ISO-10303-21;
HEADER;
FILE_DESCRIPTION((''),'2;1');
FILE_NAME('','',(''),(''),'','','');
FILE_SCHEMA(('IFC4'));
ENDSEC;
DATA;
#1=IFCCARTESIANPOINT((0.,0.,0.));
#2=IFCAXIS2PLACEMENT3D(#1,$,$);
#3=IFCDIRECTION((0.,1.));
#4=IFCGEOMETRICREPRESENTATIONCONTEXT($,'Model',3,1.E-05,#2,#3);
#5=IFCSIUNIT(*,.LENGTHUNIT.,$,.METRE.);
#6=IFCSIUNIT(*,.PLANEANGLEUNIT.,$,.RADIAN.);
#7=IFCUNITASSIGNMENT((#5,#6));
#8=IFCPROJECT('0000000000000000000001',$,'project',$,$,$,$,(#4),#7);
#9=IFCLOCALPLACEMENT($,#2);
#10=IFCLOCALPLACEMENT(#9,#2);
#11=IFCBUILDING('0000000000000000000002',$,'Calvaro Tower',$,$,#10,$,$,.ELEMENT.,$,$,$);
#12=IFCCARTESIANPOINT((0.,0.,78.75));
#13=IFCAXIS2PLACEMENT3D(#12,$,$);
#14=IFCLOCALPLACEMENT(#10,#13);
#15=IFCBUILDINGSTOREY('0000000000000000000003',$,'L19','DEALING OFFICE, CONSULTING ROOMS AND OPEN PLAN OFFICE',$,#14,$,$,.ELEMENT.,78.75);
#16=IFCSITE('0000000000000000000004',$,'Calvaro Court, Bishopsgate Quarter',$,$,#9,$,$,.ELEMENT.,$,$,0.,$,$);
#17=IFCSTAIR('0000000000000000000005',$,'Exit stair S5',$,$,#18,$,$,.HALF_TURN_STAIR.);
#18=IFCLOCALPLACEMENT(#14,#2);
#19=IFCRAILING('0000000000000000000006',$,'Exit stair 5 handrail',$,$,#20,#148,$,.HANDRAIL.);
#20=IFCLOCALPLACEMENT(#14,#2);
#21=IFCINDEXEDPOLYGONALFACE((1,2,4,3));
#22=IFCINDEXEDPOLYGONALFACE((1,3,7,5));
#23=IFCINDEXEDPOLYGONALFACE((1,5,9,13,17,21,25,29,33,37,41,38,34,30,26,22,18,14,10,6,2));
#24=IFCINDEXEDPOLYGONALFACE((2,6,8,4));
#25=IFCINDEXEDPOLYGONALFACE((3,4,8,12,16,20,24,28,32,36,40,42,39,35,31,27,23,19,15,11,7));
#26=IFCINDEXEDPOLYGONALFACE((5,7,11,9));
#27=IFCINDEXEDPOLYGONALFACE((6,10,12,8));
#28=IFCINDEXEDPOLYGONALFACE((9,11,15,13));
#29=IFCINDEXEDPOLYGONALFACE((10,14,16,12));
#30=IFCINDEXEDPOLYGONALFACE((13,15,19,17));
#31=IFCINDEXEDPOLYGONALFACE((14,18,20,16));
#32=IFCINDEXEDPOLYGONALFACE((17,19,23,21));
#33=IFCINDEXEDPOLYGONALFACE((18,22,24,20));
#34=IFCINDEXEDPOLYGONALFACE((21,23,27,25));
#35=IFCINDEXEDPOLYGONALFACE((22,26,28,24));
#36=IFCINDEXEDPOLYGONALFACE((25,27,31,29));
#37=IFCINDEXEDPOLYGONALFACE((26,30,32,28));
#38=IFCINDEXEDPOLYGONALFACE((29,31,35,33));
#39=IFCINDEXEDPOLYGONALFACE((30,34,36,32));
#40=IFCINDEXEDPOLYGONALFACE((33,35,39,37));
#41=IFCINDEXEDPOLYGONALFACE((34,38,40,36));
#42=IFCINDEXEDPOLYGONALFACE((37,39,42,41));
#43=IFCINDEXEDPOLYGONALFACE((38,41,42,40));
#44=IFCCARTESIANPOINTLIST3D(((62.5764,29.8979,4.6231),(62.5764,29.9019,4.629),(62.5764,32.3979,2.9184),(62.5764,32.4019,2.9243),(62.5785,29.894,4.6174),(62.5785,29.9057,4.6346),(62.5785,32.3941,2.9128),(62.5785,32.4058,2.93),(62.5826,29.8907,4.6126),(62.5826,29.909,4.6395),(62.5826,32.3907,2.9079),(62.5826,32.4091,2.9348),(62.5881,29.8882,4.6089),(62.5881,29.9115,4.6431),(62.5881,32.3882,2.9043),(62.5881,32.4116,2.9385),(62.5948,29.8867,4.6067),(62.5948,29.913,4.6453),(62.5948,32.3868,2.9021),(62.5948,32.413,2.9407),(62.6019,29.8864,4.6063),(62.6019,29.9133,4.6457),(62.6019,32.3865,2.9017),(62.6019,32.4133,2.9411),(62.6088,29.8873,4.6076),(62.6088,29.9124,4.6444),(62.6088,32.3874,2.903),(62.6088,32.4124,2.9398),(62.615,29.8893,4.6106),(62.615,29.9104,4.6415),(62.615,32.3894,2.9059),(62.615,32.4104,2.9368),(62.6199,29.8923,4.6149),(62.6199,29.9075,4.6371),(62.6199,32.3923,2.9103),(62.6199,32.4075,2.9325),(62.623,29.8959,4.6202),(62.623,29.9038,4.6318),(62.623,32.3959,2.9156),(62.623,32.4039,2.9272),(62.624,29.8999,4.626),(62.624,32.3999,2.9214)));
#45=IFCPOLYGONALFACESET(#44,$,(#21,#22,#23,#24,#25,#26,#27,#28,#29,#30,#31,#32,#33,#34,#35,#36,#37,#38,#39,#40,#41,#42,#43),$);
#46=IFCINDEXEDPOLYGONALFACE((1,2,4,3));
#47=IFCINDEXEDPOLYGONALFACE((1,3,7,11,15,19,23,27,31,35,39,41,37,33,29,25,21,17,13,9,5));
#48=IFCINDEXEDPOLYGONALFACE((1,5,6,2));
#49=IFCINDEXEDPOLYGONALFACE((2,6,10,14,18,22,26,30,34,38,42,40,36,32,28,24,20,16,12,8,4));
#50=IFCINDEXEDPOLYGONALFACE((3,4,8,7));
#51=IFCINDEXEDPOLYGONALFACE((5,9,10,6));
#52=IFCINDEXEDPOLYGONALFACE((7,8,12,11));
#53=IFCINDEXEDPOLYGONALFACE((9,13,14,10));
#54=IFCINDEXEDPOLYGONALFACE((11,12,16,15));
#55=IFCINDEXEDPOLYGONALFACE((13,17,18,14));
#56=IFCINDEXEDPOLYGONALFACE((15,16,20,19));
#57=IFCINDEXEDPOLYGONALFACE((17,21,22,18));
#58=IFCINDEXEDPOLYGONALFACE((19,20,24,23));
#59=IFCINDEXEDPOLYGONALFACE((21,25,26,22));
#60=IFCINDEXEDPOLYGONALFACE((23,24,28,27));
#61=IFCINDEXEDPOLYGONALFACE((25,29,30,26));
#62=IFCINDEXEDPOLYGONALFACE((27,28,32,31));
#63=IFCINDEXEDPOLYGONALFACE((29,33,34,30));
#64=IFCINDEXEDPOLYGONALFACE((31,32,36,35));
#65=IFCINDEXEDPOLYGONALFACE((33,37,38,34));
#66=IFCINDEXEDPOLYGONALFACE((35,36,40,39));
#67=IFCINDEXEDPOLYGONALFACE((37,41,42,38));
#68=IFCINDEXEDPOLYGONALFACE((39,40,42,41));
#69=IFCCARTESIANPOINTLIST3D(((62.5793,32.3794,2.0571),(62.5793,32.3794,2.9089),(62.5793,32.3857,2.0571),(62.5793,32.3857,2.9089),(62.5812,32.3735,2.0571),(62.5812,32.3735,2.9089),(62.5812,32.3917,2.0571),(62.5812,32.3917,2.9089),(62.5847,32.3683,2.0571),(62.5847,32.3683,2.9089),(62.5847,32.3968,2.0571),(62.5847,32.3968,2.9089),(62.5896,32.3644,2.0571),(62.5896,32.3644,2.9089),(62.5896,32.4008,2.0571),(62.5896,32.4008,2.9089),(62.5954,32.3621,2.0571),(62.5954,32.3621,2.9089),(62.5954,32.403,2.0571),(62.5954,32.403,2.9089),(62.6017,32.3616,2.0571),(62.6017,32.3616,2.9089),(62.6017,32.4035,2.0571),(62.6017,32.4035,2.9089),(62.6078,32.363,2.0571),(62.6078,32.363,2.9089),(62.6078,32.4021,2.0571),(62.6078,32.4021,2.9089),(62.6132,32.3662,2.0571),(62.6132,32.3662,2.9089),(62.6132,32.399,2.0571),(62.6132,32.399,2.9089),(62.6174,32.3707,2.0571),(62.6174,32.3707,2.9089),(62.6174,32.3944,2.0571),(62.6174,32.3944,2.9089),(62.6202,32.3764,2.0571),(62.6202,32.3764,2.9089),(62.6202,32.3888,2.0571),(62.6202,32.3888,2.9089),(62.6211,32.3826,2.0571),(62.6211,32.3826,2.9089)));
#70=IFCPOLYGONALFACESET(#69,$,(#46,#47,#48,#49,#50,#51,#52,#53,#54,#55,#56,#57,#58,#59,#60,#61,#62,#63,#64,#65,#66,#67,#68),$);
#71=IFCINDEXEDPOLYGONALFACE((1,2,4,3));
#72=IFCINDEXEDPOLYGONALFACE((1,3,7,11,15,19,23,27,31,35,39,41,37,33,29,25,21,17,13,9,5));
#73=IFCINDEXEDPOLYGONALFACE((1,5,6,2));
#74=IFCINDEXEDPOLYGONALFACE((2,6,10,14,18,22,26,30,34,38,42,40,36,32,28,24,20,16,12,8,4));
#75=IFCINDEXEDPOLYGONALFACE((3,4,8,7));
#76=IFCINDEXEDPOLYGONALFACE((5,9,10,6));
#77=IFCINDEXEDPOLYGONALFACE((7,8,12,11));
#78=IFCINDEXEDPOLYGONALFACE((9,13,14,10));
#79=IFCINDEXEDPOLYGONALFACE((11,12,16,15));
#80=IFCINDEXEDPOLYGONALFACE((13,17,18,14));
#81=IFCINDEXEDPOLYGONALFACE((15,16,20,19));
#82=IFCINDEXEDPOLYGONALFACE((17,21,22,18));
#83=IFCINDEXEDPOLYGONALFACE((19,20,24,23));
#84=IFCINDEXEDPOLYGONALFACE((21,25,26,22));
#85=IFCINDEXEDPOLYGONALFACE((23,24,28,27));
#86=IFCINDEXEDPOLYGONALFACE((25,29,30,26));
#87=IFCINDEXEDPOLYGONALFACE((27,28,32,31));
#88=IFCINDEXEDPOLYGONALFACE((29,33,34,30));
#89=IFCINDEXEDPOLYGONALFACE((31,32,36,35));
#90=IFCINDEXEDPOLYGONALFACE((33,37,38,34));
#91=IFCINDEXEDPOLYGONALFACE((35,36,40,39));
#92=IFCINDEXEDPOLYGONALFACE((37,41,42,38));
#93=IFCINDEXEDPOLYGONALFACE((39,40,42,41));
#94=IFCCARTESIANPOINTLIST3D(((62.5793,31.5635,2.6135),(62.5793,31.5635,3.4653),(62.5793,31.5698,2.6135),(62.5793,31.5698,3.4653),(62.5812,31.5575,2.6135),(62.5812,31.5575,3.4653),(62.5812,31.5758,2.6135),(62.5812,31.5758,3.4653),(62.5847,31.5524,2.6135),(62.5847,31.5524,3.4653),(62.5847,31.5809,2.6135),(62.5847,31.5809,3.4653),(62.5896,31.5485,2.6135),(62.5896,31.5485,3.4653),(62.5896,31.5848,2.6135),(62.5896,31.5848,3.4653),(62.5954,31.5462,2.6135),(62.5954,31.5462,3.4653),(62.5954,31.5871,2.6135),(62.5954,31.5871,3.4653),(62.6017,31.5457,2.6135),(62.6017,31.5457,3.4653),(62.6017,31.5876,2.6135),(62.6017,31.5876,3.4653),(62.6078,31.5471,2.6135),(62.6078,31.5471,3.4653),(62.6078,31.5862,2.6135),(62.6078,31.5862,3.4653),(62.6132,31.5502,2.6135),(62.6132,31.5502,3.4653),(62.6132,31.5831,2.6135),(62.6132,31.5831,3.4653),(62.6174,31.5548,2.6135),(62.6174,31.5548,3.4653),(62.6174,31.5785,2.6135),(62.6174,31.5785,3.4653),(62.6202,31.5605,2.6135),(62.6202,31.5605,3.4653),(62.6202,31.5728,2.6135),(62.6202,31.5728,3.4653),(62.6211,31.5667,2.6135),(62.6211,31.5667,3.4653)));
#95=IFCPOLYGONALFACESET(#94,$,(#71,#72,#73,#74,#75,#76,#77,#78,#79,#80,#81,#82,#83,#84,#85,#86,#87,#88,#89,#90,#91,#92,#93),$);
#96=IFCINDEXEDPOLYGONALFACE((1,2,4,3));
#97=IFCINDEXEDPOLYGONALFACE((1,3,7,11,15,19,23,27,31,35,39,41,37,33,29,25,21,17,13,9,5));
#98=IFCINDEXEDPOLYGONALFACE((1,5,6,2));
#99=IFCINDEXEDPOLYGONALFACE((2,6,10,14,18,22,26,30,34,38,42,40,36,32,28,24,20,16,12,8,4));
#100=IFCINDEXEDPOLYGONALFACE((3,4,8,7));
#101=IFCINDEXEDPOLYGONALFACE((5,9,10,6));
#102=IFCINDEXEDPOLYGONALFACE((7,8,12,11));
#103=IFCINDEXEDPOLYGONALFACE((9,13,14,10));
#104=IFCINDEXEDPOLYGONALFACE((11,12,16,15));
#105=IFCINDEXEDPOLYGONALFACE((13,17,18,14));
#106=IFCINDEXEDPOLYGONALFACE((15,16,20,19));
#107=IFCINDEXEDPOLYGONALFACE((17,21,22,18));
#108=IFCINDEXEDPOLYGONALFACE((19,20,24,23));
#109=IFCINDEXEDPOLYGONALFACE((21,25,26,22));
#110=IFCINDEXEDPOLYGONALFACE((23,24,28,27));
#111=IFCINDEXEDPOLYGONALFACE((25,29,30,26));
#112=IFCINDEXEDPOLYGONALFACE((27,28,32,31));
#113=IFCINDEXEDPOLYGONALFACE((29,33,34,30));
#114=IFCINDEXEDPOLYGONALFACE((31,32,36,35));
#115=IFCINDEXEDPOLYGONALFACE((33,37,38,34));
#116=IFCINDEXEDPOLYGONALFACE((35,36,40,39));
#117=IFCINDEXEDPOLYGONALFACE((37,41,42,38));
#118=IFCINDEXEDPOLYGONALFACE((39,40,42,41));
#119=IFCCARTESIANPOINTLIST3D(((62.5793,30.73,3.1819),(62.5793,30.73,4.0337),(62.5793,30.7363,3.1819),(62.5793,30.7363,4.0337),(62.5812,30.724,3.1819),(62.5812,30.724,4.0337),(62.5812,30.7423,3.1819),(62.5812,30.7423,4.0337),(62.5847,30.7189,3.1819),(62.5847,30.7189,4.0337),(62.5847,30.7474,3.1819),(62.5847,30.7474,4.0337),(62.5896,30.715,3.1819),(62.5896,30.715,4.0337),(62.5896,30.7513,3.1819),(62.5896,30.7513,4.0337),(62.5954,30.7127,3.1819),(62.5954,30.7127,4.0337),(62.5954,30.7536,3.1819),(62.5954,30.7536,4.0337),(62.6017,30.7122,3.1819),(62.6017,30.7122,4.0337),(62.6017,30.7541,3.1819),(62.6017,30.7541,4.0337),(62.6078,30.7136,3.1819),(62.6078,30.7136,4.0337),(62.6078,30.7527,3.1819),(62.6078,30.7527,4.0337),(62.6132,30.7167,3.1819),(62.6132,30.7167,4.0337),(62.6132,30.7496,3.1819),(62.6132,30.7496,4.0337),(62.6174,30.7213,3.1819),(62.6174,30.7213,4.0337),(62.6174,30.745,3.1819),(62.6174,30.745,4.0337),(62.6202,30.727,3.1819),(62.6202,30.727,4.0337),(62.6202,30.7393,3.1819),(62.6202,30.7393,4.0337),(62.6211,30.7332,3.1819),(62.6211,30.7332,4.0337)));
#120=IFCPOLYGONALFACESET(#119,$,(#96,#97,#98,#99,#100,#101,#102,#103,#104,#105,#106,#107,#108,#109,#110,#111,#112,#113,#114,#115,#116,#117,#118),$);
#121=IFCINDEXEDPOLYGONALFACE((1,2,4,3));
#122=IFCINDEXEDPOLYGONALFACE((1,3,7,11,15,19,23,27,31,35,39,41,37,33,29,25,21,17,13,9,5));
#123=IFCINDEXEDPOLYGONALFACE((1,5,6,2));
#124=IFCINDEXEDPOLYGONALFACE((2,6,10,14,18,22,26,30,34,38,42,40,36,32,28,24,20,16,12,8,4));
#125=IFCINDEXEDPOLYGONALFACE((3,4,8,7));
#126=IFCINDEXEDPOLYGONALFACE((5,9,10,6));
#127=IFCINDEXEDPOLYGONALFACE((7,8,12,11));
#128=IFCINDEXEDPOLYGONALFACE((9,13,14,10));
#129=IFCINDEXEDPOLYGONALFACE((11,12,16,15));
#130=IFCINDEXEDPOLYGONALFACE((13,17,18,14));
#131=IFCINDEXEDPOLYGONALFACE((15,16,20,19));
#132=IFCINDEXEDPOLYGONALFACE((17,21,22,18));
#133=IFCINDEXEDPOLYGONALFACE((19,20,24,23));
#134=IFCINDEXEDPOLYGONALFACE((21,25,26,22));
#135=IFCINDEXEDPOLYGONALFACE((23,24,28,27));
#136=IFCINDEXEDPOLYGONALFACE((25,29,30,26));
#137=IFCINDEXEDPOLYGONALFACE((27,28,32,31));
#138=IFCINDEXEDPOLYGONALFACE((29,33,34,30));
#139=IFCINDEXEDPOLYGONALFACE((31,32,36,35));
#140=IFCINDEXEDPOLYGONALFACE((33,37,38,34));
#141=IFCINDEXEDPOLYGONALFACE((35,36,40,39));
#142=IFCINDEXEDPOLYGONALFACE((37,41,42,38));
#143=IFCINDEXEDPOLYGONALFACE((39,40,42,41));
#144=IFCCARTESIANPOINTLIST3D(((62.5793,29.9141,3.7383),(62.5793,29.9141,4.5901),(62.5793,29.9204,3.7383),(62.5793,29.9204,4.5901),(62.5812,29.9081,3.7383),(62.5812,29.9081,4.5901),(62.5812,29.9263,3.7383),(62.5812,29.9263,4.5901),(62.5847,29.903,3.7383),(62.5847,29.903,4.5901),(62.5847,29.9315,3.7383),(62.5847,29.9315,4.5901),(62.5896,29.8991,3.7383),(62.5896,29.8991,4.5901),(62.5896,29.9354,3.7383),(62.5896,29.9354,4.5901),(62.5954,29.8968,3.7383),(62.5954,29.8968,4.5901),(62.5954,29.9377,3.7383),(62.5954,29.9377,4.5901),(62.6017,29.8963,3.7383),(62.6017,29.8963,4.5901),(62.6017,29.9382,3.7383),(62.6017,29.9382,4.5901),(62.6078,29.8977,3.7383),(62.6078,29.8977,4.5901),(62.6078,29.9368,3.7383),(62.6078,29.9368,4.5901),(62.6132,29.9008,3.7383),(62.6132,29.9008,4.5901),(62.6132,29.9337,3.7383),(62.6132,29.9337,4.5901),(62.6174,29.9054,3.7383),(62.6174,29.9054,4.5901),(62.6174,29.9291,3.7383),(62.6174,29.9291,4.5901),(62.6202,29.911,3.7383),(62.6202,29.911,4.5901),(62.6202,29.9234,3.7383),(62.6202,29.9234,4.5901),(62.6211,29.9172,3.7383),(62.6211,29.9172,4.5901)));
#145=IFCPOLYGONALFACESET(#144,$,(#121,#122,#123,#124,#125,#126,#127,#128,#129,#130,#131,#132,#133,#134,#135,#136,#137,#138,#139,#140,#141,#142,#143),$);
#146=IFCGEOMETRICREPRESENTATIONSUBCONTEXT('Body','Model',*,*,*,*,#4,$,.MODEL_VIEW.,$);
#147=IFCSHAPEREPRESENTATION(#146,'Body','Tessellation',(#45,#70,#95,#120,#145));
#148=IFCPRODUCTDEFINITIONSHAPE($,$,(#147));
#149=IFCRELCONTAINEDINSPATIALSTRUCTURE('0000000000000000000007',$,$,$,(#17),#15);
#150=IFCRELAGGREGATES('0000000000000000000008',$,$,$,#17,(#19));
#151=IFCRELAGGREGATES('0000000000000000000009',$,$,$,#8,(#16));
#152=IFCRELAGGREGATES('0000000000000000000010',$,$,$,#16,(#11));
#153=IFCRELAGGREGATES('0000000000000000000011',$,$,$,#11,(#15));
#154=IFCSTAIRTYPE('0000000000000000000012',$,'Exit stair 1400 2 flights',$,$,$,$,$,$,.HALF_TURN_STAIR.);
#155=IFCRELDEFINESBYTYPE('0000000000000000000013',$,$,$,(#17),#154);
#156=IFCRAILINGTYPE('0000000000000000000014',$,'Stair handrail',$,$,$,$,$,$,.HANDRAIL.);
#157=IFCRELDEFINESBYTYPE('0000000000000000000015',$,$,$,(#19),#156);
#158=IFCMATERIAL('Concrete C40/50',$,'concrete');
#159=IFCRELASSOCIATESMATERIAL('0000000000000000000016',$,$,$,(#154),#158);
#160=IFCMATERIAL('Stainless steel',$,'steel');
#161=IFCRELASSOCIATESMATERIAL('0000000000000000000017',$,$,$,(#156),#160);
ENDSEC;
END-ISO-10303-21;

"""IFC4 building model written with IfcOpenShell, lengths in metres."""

from ifc_helpers import new_model, si_unit, direction, frame, origin, origin_2d, place, context, subcontext, project, spatial, circle, extrude, material, type_object, element, aggregate, save


model = new_model("IFC4")

# Units and contexts
model_context = context("Model", 3, precision=1e-05, world=origin(), true_north=direction((0.0, 1.0)))
body_context = subcontext(model_context, "Body", "Model", "MODEL_VIEW")
ifc_project = project(units=[si_unit("LENGTHUNIT", "METRE"), si_unit("PLANEANGLEUNIT", "RADIAN")], contexts=[model_context])

# Site, building, storey
site_placement = place(None, origin())
site = spatial("IfcSite", under=ifc_project, at=site_placement, Name="Calvaro Court, Bishopsgate Quarter", CompositionType="ELEMENT", RefElevation=0.0)
building_placement = place(site_placement, origin())
building = spatial("IfcBuilding", under=site, at=building_placement, Name="Calvaro Tower", CompositionType="ELEMENT")
storey_placement = place(building_placement, frame((0.0, 0.0, 78.75)))
storey = spatial("IfcBuildingStorey", under=building, at=storey_placement, Name="L19", Description="DEALING OFFICE, CONSULTING ROOMS AND OPEN PLAN OFFICE", CompositionType="ELEMENT", Elevation=78.75)

# Stair
ifc_material_1 = material(Name="Concrete C40/50", Category="concrete")
stair_type = type_object("IfcStairType", Name="Exit stair 1400 2 flights", PredefinedType="HALF_TURN_STAIR", material=ifc_material_1)
stair_1_placement = place(storey_placement, origin())
stair_1 = element("IfcStair", 1, at=stair_1_placement, inside=storey, type_object=stair_type, Name="Exit stair S5", PredefinedType="HALF_TURN_STAIR")

# Shared definitions
ifc_material_2 = material(Name="Stainless steel", Category="steel")
railing_type = type_object("IfcRailingType", Name="Stair handrail", PredefinedType="HANDRAIL", material=ifc_material_2)

# Railing
railing_1_placement = place(storey_placement, frame((62.6001, 32.3999, 2.0454)))
railing_1 = element("IfcRailing", 2, at=railing_1_placement, type_object=railing_type, Name="Exit stair 5 handrail", PredefinedType="HANDRAIL", context=body_context, shape_type="SweptSolid", body=[
    extrude(circle(Radius=0.0239, at=origin_2d()), frame((0.0, 0.0, 0.876), z_axis=(0.0, -0.826221, 0.563347), x_axis=(1.0, 0.0, 0.0)), (0.0, 0.0, 1.0), 3.0259),
    extrude(circle(Radius=0.021, at=origin_2d()), frame((0.0, -0.0173, 0.0117)), (0.0, 0.0, 1.0), 0.8518),
    extrude(circle(Radius=0.021, at=origin_2d()), frame((0.0, -0.8333, 0.5681)), (0.0, 0.0, 1.0), 0.8518),
    extrude(circle(Radius=0.021, at=origin_2d()), frame((0.0, -1.6667, 1.1365)), (0.0, 0.0, 1.0), 0.8518),
    extrude(circle(Radius=0.021, at=origin_2d()), frame((0.0, -2.4827, 1.6929)), (0.0, 0.0, 1.0), 0.8518),
])
aggregate(stair_1, [railing_1])

save(model, "model.ifc")
